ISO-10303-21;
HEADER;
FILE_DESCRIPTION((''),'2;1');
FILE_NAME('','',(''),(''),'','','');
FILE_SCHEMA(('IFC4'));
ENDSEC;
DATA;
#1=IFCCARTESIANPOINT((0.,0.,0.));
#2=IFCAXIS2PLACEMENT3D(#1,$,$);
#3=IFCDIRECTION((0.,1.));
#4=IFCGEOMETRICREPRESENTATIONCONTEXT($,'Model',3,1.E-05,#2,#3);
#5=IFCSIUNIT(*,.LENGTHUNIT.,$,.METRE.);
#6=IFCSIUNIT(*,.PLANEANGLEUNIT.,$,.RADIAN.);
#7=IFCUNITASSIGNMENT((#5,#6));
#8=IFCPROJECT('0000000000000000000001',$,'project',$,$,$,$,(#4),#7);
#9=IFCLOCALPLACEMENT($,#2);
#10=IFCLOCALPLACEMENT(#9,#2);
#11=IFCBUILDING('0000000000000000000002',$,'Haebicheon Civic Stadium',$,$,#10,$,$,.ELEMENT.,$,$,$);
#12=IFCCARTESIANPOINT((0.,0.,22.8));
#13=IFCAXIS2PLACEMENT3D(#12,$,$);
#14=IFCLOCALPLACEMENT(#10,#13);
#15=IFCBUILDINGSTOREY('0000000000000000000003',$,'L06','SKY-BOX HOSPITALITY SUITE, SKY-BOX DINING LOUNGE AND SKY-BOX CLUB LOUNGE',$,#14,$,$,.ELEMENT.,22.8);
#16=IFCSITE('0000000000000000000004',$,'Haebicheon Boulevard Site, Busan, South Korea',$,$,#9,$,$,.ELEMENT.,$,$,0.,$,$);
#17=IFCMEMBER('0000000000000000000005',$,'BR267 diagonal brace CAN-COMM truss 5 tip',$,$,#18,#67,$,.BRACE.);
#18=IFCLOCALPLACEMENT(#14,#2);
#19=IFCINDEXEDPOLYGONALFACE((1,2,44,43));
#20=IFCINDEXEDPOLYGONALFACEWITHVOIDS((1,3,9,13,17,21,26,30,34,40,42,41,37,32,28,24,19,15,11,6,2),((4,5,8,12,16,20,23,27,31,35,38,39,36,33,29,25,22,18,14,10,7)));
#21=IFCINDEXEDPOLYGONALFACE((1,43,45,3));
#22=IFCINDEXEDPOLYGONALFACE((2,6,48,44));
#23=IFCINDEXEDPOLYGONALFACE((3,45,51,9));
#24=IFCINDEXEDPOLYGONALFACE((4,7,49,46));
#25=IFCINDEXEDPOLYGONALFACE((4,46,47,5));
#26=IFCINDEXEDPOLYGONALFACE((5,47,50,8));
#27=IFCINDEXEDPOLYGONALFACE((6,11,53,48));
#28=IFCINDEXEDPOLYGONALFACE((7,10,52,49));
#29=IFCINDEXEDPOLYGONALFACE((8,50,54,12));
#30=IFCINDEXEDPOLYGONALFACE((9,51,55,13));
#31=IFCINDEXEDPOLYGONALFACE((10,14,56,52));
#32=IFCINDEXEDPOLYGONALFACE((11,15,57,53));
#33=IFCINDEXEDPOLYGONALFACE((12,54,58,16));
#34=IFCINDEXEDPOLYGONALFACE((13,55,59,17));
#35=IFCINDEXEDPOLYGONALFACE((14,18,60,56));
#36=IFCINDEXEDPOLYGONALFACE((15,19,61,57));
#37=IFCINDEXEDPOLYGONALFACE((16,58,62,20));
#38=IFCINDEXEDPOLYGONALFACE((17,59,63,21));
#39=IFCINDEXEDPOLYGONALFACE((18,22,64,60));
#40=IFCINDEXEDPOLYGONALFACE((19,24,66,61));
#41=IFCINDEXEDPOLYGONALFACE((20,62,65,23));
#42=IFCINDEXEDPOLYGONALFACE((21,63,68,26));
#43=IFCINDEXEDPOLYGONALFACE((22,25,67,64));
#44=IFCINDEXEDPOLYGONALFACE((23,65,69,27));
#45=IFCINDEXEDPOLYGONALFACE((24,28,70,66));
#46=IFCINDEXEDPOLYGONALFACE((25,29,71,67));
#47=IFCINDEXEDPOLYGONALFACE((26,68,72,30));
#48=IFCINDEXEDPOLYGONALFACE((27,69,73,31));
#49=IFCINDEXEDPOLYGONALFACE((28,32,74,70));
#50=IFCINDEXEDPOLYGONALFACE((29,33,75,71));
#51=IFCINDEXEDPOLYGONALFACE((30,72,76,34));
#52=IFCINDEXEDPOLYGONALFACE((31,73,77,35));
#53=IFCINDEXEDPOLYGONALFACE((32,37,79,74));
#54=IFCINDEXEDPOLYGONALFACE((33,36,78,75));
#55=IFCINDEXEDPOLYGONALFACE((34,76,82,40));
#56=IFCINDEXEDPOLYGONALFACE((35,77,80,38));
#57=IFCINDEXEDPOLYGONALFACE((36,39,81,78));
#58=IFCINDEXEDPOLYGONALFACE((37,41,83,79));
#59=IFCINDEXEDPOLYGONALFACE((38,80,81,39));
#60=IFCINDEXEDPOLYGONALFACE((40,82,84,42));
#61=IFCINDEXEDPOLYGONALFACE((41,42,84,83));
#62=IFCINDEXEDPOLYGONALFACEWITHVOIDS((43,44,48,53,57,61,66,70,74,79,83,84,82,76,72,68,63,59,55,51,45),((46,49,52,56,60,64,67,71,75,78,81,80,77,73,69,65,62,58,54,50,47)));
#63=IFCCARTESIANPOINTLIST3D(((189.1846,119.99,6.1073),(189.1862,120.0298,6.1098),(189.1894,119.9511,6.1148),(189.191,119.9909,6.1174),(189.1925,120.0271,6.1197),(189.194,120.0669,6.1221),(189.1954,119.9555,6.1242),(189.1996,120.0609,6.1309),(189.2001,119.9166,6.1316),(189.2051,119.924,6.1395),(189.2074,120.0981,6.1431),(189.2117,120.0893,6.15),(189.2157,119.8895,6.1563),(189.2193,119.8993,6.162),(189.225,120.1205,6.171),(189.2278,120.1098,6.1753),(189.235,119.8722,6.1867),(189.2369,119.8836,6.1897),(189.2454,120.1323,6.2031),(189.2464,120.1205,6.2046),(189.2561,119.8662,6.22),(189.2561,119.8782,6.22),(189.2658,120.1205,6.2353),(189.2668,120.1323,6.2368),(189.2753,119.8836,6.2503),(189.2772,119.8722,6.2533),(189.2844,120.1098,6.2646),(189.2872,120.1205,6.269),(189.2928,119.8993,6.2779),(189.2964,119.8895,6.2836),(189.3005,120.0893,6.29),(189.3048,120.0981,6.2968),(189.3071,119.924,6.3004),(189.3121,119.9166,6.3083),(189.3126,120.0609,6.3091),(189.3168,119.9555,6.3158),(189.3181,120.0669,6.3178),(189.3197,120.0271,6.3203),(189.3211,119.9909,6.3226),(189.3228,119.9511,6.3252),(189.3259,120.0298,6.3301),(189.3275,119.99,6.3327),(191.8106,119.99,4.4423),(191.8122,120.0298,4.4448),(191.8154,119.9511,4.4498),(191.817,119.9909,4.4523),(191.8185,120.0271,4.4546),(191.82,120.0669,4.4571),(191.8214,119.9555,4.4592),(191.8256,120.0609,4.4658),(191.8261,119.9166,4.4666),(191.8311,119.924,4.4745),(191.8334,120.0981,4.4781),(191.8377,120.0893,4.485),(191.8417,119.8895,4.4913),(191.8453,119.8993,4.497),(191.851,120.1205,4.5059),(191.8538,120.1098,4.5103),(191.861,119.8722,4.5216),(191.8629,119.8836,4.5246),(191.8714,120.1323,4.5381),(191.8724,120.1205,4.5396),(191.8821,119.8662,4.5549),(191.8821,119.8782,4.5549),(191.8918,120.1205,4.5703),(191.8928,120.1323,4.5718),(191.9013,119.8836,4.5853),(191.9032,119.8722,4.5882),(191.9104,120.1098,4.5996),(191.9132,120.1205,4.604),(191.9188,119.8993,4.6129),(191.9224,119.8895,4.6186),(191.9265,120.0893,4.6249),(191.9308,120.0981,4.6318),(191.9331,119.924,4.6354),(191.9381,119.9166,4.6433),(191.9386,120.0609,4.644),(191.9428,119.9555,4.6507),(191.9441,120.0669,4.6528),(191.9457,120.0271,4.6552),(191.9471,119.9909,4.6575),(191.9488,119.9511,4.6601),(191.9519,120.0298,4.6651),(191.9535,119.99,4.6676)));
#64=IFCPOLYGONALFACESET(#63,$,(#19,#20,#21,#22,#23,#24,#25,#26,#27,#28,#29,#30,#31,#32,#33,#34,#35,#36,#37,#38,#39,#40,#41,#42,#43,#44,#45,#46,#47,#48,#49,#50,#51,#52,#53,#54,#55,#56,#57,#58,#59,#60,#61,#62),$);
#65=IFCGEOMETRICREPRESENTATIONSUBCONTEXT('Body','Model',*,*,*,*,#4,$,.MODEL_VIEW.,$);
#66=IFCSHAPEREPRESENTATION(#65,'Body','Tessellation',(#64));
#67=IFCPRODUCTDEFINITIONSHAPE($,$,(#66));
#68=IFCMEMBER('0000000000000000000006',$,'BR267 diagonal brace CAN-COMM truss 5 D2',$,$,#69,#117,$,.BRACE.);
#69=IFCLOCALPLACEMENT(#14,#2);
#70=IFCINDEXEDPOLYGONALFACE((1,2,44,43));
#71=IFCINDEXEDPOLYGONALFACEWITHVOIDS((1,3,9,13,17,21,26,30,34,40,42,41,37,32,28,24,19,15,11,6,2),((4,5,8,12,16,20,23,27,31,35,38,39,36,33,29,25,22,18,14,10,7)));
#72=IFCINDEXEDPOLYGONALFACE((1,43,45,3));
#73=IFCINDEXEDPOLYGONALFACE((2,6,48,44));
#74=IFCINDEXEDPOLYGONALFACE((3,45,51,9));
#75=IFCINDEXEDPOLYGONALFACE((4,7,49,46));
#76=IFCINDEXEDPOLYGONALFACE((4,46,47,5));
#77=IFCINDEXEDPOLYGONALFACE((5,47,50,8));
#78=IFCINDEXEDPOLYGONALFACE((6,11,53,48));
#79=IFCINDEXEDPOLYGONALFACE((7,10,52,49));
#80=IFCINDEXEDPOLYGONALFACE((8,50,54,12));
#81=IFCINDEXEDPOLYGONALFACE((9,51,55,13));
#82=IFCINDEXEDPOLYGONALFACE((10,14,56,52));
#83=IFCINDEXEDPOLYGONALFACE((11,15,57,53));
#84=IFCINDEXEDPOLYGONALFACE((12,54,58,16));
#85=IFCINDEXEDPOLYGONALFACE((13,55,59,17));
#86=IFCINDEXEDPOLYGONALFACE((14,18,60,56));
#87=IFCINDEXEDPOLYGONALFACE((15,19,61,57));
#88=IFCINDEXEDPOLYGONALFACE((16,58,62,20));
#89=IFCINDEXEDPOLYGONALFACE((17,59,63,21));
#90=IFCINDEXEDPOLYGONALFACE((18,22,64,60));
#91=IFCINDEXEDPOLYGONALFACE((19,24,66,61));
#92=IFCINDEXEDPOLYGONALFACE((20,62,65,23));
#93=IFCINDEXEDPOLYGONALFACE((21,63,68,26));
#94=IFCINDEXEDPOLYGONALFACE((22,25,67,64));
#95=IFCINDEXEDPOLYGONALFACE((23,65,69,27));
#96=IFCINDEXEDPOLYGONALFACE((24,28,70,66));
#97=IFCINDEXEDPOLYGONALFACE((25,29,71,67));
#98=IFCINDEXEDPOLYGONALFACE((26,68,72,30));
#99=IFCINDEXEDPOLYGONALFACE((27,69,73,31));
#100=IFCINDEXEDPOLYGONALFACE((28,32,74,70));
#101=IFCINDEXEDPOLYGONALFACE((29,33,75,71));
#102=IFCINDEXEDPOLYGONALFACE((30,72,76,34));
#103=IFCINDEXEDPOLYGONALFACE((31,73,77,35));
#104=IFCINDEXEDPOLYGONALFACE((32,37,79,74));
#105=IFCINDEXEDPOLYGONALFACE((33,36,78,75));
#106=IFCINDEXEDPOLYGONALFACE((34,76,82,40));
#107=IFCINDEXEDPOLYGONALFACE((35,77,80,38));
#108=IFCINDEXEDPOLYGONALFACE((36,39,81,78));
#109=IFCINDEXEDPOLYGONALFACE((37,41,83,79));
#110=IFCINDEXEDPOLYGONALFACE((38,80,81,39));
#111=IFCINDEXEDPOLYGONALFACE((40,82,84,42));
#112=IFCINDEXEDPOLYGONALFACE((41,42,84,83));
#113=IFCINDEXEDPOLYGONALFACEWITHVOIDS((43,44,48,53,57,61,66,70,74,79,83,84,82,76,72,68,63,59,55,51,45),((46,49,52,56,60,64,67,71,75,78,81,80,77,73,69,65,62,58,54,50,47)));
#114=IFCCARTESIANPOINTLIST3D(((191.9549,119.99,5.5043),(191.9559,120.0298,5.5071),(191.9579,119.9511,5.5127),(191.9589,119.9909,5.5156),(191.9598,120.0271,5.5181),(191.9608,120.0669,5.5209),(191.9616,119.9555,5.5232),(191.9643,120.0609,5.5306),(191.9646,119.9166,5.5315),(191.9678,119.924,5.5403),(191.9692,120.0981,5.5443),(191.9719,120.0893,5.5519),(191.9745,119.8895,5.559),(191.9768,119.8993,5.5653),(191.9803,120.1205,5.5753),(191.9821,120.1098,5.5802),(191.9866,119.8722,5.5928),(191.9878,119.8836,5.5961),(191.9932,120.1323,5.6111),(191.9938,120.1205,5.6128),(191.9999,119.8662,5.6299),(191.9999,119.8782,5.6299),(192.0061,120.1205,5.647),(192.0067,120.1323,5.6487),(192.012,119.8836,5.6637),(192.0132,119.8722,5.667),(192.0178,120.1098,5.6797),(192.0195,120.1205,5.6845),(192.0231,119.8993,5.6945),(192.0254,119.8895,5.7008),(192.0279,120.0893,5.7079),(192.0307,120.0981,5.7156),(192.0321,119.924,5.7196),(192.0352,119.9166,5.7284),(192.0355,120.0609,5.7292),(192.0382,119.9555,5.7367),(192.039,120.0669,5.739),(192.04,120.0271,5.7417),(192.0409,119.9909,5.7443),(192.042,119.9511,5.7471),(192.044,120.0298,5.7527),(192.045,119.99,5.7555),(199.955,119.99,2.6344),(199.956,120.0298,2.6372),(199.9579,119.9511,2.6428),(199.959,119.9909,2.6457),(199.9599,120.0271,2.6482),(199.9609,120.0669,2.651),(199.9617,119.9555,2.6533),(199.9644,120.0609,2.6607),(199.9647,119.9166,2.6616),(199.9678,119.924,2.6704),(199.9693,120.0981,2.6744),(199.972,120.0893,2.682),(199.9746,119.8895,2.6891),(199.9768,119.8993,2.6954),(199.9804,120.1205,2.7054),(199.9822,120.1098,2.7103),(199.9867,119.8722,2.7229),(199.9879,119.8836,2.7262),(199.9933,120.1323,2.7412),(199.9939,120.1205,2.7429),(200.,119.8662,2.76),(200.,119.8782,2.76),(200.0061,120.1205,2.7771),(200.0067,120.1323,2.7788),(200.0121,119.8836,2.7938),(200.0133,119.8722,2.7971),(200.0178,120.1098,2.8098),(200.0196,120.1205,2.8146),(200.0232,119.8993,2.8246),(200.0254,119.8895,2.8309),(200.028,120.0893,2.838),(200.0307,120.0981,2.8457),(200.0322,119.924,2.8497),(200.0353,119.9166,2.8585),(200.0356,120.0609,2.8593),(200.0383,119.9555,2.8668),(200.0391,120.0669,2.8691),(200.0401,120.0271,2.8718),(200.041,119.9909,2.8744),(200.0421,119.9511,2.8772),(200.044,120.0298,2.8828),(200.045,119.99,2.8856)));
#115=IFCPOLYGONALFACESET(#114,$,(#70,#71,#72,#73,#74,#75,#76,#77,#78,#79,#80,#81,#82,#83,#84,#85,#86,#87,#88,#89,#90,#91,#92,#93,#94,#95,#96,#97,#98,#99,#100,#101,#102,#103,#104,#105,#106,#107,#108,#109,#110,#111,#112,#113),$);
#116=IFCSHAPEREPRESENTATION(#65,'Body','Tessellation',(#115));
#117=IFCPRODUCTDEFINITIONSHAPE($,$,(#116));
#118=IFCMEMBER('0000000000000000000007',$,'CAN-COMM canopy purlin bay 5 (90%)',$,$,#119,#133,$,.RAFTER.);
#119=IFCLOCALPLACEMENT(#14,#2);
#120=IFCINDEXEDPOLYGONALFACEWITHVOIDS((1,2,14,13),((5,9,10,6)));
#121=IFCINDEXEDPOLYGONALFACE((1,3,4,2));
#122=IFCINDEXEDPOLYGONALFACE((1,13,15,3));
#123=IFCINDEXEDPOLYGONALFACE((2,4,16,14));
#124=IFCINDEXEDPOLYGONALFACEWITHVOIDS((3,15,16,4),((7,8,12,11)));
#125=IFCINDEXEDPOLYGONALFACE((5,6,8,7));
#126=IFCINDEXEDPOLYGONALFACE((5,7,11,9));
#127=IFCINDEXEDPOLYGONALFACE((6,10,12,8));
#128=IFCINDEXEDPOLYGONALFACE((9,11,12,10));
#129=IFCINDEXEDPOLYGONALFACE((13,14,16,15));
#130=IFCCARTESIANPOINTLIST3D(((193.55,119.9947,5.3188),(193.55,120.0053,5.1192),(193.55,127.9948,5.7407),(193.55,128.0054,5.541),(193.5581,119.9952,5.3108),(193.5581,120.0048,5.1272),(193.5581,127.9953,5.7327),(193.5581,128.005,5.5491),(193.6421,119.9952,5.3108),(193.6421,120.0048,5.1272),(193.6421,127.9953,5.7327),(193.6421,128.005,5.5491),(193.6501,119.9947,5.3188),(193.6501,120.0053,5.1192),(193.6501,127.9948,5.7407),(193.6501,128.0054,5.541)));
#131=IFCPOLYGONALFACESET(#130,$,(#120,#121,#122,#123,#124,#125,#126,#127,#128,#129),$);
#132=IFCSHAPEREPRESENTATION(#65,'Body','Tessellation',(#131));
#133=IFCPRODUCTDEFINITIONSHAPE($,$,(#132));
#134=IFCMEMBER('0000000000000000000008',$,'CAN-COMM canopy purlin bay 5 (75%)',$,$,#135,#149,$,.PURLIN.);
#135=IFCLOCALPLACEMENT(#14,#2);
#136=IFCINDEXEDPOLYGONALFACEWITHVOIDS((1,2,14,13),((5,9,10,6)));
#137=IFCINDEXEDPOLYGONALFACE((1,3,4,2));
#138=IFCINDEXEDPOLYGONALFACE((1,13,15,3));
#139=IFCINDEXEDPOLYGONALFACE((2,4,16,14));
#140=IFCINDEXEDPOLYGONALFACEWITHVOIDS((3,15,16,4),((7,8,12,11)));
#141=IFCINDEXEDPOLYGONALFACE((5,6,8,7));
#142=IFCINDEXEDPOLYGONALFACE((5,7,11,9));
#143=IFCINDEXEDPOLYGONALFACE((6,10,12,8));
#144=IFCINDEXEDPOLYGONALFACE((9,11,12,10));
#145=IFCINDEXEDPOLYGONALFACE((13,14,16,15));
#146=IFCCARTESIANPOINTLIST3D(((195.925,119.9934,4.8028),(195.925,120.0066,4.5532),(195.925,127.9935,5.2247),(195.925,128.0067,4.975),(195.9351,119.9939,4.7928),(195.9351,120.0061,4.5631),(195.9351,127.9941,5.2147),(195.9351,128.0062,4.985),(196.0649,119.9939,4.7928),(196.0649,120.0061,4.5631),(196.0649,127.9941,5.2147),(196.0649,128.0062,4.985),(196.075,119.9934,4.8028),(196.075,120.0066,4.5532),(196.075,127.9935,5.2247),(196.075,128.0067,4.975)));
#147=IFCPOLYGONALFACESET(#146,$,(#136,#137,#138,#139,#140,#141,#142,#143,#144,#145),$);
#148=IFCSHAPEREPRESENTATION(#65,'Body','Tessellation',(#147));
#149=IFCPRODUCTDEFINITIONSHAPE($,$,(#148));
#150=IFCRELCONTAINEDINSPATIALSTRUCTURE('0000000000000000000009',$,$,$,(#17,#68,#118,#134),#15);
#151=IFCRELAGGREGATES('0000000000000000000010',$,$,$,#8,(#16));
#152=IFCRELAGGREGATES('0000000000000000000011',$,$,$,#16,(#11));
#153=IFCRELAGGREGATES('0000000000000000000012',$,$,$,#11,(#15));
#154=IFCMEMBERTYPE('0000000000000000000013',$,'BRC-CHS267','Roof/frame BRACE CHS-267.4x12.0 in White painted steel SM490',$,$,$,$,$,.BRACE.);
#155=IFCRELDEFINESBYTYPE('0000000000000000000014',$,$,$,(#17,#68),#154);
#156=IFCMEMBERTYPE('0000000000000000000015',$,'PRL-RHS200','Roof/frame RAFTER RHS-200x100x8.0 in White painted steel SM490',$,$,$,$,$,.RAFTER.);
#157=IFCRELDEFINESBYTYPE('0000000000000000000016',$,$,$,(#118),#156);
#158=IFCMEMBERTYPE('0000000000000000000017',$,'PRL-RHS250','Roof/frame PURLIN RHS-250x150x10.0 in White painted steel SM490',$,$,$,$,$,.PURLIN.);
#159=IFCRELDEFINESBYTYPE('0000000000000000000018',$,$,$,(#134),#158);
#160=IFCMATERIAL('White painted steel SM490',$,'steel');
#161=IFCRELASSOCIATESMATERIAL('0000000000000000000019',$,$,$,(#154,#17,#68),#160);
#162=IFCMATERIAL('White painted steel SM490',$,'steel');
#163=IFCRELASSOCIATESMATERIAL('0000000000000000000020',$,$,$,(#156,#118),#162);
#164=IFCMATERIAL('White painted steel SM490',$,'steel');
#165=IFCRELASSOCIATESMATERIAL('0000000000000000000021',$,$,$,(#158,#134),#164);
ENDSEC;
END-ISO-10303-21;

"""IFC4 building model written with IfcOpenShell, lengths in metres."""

from ifc_helpers import new_model, si_unit, direction, frame, origin, origin_2d, place, context, subcontext, project, spatial, hollow_rectangle, hollow_circle, extrude, material, material_profile, profile_set, type_object, element, save


model = new_model("IFC4")

# Units and contexts
model_context = context("Model", 3, precision=1e-05, world=origin(), true_north=direction((0.0, 1.0)))
body_context = subcontext(model_context, "Body", "Model", "MODEL_VIEW")
ifc_project = project(units=[si_unit("LENGTHUNIT", "METRE"), si_unit("PLANEANGLEUNIT", "RADIAN")], contexts=[model_context])

# Site, building, storey
site_placement = place(None, origin())
site = spatial("IfcSite", under=ifc_project, at=site_placement, Name="Haebicheon Boulevard Site, Busan, South Korea", CompositionType="ELEMENT", RefElevation=0.0)
building_placement = place(site_placement, origin())
building = spatial("IfcBuilding", under=site, at=building_placement, Name="Haebicheon Civic Stadium", CompositionType="ELEMENT")
storey_placement = place(building_placement, frame((0.0, 0.0, 22.8)))
storey = spatial("IfcBuildingStorey", under=building, at=storey_placement, Name="L06", Description="SKY-BOX HOSPITALITY SUITE, SKY-BOX DINING LOUNGE AND SKY-BOX CLUB LOUNGE", CompositionType="ELEMENT", Elevation=22.8)

# Members
ifc_material_1 = material(Name="White painted steel SM490", Category="steel")
ifc_material_profile_1 = material_profile(ifc_material_1, hollow_circle(Radius=0.1338, WallThickness=0.012, at=origin_2d()), Name="CHS-267.4x12.0")
ifc_profile_set_1 = profile_set([ifc_material_profile_1], Name="White painted steel SM490")
member_type_1 = type_object("IfcMemberType", Name="BRC-CHS267", Description="Roof/frame BRACE CHS-267.4x12.0 in White painted steel SM490", PredefinedType="BRACE", material=ifc_profile_set_1)
member_1_placement = place(storey_placement, frame((191.8821, 120.0, 4.5549), z_axis=(-0.84454, 0.0, 0.535493), x_axis=(0.0, -1.0, 0.0)))
element("IfcMember", 1, at=member_1_placement, inside=storey, type_object=member_type_1, material=ifc_profile_set_1, Name="BR267 diagonal brace CAN-COMM truss 5 tip", PredefinedType="BRACE", context=body_context, shape_type="SweptSolid", body=[
    extrude(hollow_circle(Radius=0.1338, WallThickness=0.012, at=origin_2d()), origin(), (0.0, 0.0, 1.0), 3.1094),
])
member_2_placement = place(storey_placement, frame((200.0, 120.0, 2.76), z_axis=(-0.941267, 0.0, 0.337664), x_axis=(0.0, -1.0, 0.0)))
element("IfcMember", 2, at=member_2_placement, inside=storey, type_object=member_type_1, material=ifc_profile_set_1, Name="BR267 diagonal brace CAN-COMM truss 5 D2", PredefinedType="BRACE", context=body_context, shape_type="SweptSolid", body=[
    extrude(hollow_circle(Radius=0.1338, WallThickness=0.012, at=origin_2d()), origin(), (0.0, 0.0, 1.0), 8.4993),
])
ifc_material_2 = material(Name="White painted steel SM490", Category="steel")
ifc_material_profile_2 = material_profile(ifc_material_2, hollow_rectangle(XDim=0.1001, YDim=0.2, WallThickness=0.0081, at=origin_2d()), Name="RHS-200x100x8.0")
ifc_profile_set_2 = profile_set([ifc_material_profile_2], Name="White painted steel SM490")
member_type_2 = type_object("IfcMemberType", Name="PRL-RHS200", Description="Roof/frame RAFTER RHS-200x100x8.0 in White painted steel SM490", PredefinedType="RAFTER", material=ifc_profile_set_2)
member_3_placement = place(storey_placement, frame((193.6001, 120.0, 5.219), z_axis=(0.0, 0.998612, 0.052661), x_axis=(-1.0, 0.0, 0.0)))
element("IfcMember", 3, at=member_3_placement, inside=storey, type_object=member_type_2, material=ifc_profile_set_2, Name="CAN-COMM canopy purlin bay 5 (90%)", PredefinedType="RAFTER", context=body_context, shape_type="SweptSolid", body=[
    extrude(hollow_rectangle(XDim=0.1001, YDim=0.2, WallThickness=0.0081, at=origin_2d()), origin(), (0.0, 0.0, 1.0), 8.0112),
])
ifc_material_3 = material(Name="White painted steel SM490", Category="steel")
ifc_material_profile_3 = material_profile(ifc_material_3, hollow_rectangle(XDim=0.1499, YDim=0.25, WallThickness=0.01, at=origin_2d()), Name="RHS-250x150x10.0")
ifc_profile_set_3 = profile_set([ifc_material_profile_3], Name="White painted steel SM490")
member_type_3 = type_object("IfcMemberType", Name="PRL-RHS250", Description="Roof/frame PURLIN RHS-250x150x10.0 in White painted steel SM490", PredefinedType="PURLIN", material=ifc_profile_set_3)
member_4_placement = place(storey_placement, frame((196.0, 120.0, 4.678), z_axis=(0.0, 0.998612, 0.052661), x_axis=(-1.0, 0.0, 0.0)))
element("IfcMember", 4, at=member_4_placement, inside=storey, type_object=member_type_3, material=ifc_profile_set_3, Name="CAN-COMM canopy purlin bay 5 (75%)", PredefinedType="PURLIN", context=body_context, shape_type="SweptSolid", body=[
    extrude(hollow_rectangle(XDim=0.1499, YDim=0.25, WallThickness=0.01, at=origin_2d()), origin(), (0.0, 0.0, 1.0), 8.0112),
])

save(model, "model.ifc")
